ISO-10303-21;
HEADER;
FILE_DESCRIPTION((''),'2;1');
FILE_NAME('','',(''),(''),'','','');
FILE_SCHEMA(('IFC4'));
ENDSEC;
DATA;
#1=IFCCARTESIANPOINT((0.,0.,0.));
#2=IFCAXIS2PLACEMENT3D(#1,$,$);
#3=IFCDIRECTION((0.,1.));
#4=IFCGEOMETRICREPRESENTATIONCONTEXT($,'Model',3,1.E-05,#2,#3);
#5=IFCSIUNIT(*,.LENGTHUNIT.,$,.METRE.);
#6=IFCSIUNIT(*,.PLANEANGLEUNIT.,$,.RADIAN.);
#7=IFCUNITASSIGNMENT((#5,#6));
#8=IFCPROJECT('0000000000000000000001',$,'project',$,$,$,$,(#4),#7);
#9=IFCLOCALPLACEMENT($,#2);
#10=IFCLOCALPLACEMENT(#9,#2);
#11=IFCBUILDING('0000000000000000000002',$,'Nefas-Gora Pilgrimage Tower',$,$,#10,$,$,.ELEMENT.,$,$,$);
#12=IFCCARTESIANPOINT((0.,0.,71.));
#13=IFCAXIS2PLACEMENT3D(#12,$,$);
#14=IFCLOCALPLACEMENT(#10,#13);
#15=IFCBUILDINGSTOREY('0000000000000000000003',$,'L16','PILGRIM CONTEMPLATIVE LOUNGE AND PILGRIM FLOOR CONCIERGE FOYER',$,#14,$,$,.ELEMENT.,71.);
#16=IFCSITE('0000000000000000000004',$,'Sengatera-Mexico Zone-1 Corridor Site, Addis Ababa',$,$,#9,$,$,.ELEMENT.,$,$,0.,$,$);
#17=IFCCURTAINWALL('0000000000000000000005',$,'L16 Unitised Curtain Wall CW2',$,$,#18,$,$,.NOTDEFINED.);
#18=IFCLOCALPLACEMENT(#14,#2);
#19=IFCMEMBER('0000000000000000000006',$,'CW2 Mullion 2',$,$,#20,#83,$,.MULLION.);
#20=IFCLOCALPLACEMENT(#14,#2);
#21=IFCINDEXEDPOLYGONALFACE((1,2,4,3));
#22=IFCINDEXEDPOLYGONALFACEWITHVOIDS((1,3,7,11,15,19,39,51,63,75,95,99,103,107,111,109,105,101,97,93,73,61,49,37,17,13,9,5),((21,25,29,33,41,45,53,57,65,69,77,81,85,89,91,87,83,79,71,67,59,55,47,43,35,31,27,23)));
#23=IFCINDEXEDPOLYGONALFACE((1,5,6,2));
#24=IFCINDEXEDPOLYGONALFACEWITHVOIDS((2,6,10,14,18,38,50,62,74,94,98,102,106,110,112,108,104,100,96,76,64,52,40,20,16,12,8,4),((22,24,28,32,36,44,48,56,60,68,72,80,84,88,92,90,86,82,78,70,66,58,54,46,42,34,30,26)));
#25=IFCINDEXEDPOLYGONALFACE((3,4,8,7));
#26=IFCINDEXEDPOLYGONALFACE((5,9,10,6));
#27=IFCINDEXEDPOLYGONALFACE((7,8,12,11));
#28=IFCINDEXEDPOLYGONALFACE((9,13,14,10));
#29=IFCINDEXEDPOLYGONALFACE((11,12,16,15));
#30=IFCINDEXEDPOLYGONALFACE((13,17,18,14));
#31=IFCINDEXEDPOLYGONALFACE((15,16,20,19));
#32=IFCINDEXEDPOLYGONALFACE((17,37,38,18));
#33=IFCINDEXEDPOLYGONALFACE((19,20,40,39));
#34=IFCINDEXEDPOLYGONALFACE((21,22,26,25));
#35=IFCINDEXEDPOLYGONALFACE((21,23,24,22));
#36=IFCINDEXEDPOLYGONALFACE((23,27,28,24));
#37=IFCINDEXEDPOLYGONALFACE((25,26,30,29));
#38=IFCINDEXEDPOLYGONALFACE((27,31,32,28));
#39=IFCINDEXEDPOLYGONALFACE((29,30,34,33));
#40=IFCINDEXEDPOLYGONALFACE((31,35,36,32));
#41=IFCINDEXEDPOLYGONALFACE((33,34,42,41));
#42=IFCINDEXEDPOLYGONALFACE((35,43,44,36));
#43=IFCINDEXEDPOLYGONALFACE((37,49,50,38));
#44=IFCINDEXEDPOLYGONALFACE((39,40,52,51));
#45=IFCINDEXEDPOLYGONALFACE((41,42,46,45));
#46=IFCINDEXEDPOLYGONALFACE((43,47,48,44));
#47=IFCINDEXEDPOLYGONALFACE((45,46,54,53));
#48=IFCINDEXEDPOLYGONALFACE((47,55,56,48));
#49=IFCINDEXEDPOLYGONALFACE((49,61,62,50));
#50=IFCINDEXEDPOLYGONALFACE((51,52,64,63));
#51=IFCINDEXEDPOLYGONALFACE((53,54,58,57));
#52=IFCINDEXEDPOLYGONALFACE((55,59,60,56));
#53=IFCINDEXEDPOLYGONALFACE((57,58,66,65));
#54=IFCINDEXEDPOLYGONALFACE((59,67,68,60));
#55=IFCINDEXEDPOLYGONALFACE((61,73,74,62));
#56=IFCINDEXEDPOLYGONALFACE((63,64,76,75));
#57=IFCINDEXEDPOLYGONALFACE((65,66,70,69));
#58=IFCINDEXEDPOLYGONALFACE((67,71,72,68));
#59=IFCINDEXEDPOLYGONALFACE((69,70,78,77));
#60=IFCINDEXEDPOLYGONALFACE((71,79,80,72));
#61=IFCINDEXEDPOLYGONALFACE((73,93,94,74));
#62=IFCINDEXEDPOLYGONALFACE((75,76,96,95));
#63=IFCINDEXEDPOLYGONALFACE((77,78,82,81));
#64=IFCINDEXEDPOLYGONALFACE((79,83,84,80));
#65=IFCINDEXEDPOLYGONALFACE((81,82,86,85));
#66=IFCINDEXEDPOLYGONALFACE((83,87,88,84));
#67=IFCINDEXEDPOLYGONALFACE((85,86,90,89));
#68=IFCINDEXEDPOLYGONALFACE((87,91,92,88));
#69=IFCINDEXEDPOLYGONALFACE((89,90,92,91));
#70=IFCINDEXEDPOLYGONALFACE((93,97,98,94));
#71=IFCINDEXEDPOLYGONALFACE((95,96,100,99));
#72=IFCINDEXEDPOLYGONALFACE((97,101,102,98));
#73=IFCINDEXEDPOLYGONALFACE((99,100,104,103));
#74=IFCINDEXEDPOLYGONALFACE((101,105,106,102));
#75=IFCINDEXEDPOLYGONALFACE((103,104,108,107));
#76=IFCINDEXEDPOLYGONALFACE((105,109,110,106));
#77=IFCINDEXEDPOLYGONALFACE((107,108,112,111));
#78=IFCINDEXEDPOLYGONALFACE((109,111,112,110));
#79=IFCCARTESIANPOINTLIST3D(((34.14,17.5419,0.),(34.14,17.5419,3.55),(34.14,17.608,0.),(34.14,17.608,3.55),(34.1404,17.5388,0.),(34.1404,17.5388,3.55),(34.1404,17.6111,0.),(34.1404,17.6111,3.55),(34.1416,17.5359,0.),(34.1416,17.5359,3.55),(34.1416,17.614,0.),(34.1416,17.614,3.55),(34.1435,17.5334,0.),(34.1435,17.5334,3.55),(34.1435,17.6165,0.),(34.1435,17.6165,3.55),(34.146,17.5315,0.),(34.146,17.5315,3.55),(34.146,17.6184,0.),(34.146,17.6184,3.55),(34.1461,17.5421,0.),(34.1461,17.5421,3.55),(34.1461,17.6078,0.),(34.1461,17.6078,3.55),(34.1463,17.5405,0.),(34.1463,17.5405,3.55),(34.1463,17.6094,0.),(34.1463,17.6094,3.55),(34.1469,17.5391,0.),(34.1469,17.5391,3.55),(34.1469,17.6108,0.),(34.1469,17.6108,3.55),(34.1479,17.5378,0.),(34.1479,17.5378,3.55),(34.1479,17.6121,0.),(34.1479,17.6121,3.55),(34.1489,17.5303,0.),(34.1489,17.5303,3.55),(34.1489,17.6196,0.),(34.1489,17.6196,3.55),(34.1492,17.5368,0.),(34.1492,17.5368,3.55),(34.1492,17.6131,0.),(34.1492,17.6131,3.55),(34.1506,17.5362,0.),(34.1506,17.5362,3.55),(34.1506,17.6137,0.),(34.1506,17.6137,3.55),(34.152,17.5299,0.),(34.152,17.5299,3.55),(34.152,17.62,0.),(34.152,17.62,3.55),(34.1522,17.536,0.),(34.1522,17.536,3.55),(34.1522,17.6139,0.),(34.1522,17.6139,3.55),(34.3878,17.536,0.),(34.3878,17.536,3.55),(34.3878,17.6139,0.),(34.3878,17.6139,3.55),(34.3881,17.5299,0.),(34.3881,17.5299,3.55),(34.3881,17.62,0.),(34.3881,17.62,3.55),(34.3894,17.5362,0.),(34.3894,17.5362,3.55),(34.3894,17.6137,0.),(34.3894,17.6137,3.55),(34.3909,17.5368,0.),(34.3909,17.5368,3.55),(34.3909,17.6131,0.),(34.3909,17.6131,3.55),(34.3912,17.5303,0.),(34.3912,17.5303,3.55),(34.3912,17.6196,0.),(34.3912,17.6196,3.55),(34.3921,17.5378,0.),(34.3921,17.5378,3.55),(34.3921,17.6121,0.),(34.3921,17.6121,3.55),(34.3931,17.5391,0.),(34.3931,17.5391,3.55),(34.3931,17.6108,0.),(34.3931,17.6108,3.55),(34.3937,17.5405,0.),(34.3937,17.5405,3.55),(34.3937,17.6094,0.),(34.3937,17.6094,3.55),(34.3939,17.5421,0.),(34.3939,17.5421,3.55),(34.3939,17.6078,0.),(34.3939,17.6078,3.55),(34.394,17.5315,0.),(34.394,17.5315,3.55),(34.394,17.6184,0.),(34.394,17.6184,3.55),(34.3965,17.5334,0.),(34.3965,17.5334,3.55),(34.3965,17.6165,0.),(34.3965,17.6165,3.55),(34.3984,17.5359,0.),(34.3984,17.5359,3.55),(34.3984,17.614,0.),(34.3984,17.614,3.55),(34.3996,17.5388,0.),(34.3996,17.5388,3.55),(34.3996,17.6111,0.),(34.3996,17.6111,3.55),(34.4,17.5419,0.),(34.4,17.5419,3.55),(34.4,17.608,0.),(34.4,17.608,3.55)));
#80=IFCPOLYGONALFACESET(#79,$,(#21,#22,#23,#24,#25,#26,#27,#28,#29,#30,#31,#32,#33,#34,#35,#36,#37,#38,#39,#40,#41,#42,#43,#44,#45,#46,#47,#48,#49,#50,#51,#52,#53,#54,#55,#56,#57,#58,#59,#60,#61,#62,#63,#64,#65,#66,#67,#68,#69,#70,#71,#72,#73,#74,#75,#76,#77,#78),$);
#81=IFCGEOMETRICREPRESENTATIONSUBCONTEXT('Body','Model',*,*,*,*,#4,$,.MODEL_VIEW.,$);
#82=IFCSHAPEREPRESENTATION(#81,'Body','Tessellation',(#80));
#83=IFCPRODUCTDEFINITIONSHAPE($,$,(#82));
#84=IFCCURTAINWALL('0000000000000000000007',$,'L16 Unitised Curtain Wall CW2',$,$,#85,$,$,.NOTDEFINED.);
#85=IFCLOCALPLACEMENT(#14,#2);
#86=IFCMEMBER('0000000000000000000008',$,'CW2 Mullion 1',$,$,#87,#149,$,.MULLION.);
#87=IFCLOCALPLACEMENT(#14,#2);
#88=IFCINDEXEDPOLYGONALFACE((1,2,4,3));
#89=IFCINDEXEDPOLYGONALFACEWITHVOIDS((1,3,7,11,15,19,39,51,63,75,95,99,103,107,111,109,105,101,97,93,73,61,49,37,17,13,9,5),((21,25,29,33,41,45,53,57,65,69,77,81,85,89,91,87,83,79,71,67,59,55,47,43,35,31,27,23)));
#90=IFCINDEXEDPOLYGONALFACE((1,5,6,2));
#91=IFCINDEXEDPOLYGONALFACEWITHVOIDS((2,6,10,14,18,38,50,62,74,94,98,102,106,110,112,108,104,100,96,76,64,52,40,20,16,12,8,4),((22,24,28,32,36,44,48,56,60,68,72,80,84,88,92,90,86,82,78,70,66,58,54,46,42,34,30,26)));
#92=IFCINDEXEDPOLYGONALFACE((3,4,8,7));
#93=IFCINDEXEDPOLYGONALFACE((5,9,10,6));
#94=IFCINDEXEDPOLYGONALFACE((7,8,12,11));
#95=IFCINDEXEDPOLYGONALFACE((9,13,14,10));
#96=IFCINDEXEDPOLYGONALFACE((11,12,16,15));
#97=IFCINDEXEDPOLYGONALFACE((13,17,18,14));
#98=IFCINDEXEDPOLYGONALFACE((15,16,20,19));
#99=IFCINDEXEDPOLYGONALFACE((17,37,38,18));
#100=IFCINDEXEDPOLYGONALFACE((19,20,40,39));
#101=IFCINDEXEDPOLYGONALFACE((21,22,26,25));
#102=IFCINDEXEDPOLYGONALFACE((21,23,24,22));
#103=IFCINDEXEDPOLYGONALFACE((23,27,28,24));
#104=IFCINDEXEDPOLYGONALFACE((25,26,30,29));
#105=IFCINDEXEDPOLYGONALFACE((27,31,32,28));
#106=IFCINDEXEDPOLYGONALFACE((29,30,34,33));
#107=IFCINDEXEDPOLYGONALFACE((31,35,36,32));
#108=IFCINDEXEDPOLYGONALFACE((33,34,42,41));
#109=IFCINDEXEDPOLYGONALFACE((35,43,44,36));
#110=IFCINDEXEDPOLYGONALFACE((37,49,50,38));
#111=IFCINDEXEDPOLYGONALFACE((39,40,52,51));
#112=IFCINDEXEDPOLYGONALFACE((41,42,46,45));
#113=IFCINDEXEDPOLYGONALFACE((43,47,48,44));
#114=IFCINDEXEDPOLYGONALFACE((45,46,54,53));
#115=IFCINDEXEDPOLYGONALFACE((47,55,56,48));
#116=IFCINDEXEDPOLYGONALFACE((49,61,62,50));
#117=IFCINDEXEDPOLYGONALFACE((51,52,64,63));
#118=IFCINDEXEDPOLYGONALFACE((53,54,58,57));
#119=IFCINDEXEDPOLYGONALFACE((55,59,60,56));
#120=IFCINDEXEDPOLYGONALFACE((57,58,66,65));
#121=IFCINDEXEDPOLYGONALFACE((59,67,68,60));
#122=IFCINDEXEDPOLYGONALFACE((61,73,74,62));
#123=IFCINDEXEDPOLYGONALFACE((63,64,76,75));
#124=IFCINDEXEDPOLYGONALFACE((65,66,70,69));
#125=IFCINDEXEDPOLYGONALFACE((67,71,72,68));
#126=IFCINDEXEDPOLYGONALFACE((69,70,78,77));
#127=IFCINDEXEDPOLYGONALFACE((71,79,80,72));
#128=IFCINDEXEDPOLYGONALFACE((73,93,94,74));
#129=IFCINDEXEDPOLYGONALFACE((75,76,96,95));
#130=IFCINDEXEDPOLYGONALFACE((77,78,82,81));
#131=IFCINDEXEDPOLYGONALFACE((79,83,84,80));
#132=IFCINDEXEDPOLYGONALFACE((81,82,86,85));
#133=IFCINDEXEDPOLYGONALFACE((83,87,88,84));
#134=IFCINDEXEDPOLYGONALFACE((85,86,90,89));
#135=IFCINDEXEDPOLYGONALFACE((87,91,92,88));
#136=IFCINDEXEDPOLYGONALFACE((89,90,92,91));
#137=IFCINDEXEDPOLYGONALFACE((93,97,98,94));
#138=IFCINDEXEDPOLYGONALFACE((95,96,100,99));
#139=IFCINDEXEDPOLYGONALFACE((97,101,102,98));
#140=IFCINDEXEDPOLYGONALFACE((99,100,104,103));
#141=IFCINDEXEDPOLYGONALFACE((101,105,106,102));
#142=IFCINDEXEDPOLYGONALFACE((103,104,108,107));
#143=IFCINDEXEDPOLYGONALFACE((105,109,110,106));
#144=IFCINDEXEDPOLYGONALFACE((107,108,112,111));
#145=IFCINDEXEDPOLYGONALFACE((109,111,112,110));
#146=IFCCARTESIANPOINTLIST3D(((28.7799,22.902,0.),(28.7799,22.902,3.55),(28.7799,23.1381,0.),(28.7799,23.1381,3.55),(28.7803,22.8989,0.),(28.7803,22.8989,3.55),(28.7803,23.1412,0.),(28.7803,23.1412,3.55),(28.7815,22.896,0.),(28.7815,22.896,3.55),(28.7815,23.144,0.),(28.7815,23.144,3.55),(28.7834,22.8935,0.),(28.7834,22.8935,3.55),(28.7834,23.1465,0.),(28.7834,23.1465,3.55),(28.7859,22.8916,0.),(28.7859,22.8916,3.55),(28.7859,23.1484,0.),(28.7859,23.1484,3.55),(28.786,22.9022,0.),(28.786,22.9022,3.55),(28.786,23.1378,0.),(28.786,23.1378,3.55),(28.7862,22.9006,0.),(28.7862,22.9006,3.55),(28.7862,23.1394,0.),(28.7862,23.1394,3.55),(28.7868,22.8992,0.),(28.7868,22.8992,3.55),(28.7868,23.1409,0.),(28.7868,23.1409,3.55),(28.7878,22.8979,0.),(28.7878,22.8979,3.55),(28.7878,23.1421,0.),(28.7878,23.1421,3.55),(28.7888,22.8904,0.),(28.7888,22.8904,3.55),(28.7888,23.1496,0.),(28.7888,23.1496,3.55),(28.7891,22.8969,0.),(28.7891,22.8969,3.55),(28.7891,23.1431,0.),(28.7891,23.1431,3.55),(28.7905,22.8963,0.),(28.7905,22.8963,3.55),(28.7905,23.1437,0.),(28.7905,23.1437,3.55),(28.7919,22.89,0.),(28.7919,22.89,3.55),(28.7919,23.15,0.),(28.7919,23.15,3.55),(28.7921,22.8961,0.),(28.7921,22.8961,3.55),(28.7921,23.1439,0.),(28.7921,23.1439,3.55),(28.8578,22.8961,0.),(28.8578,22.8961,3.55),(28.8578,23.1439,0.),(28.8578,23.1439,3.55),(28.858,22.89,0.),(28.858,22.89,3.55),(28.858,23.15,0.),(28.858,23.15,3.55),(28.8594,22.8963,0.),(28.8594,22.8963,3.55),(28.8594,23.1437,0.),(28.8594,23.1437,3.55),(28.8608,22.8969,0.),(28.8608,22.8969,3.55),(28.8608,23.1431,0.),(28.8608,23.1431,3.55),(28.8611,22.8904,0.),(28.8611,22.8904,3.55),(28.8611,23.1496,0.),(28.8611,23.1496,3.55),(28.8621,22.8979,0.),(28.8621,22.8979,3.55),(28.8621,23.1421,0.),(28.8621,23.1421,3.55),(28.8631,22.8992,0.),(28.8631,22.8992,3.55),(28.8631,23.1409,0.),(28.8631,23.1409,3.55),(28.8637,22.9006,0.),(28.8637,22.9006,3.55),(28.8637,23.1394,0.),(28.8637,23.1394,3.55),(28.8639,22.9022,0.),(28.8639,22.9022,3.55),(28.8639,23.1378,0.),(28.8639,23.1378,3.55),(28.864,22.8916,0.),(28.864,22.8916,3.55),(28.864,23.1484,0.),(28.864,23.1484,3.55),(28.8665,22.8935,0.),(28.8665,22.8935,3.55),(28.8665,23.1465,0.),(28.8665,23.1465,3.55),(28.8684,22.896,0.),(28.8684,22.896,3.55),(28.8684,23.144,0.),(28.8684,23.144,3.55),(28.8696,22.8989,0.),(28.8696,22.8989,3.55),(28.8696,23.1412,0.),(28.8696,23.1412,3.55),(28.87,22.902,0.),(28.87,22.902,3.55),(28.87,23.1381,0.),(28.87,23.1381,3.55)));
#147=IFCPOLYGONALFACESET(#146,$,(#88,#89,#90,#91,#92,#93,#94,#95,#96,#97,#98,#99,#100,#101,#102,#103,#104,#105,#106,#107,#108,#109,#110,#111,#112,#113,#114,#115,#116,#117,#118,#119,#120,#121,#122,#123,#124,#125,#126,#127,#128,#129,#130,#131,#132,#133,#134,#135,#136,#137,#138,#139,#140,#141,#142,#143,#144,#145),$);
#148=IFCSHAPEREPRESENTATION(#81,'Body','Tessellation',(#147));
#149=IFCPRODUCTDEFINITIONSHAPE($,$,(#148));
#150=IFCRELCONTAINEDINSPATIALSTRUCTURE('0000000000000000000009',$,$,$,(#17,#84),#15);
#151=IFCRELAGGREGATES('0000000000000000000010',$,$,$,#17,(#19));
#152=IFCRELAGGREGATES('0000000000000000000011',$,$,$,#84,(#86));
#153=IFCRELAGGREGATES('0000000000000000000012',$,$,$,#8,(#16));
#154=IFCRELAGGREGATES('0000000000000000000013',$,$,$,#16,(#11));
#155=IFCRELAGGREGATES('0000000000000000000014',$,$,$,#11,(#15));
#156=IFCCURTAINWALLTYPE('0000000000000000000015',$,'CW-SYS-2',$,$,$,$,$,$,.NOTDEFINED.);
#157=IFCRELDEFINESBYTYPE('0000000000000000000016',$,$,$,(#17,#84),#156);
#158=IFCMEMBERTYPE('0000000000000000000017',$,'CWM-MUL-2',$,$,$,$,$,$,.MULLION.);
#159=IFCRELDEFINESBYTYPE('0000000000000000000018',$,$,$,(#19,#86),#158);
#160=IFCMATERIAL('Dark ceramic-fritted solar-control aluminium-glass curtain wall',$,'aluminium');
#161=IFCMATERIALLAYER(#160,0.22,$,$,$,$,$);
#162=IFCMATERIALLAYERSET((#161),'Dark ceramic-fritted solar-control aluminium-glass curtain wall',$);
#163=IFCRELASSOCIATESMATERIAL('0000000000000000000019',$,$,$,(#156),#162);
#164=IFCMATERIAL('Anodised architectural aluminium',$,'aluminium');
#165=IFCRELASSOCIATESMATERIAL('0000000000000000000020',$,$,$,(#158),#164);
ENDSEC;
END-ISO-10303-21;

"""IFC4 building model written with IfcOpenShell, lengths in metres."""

from ifc_helpers import new_model, si_unit, direction, frame, origin, origin_2d, place, context, subcontext, project, spatial, hollow_rectangle, extrude, source, transform, mapped, material, layer, layer_set, material_profile, profile_set, type_object, element, aggregate, save


model = new_model("IFC4")

# Units and contexts
model_context = context("Model", 3, precision=1e-05, world=origin(), true_north=direction((0.0, 1.0)))
body_context = subcontext(model_context, "Body", "Model", "MODEL_VIEW")
ifc_project = project(units=[si_unit("LENGTHUNIT", "METRE"), si_unit("PLANEANGLEUNIT", "RADIAN")], contexts=[model_context])

# Site, building, storey
site_placement = place(None, origin())
site = spatial("IfcSite", under=ifc_project, at=site_placement, Name="Sengatera-Mexico Zone-1 Corridor Site, Addis Ababa", CompositionType="ELEMENT", RefElevation=0.0)
building_placement = place(site_placement, origin())
building = spatial("IfcBuilding", under=site, at=building_placement, Name="Nefas-Gora Pilgrimage Tower", CompositionType="ELEMENT")
storey_placement = place(building_placement, frame((0.0, 0.0, 71.0)))
storey = spatial("IfcBuildingStorey", under=building, at=storey_placement, Name="L16", Description="PILGRIM CONTEMPLATIVE LOUNGE AND PILGRIM FLOOR CONCIERGE FOYER", CompositionType="ELEMENT", Elevation=71.0)

# Curtain wall, member
ifc_material_1 = material(Name="Dark ceramic-fritted solar-control aluminium-glass curtain wall", Category="aluminium")
ifc_layer_1 = layer(ifc_material_1, 0.22)
ifc_layer_set_1 = layer_set([ifc_layer_1], Name="Dark ceramic-fritted solar-control aluminium-glass curtain wall")
curtain_wall_type = type_object("IfcCurtainWallType", Name="CW-SYS-2", PredefinedType="NOTDEFINED", material=ifc_layer_set_1)
curtain_wall_1_placement = place(storey_placement, origin())
curtain_wall_1 = element("IfcCurtainWall", 1, at=curtain_wall_1_placement, inside=storey, type_object=curtain_wall_type, Name="L16 Unitised Curtain Wall CW2", PredefinedType="NOTDEFINED")
ifc_material_2 = material(Name="Anodised architectural aluminium", Category="aluminium")
ifc_material_profile_1 = material_profile(ifc_material_2, hollow_rectangle(XDim=0.0901, YDim=0.26, WallThickness=0.0061, InnerFilletRadius=0.0061, OuterFilletRadius=0.012, at=origin_2d()), Name="ALU MULLION 90x260")
ifc_profile_set_1 = profile_set([ifc_material_profile_1], Name="Anodised architectural aluminium")
member_type_1 = type_object("IfcMemberType", Name="CWM-MUL-2", PredefinedType="MULLION", material=ifc_profile_set_1)
shared_shape_1 = source(origin(), body_context, "Body", "SweptSolid", [
    extrude(hollow_rectangle(XDim=0.0901, YDim=0.26, WallThickness=0.0061, InnerFilletRadius=0.0061, OuterFilletRadius=0.012, at=origin_2d()), origin(), (0.0, 0.0, 1.0), 3.55),
])
member_1_placement = place(storey_placement, frame((34.27, 17.575, 0.0), z_axis=(0.0, 0.0, 1.0), x_axis=(0.0, 1.0, 0.0)))
member_1 = element("IfcMember", 2, at=member_1_placement, type_object=member_type_1, Name="CW2 Mullion 2", PredefinedType="MULLION", context=body_context, shape_type="MappedRepresentation", body=[
    mapped(shared_shape_1, transform((0.0, 0.0, 0.0), x_axis=(1.0, 0.0, 0.0), y_axis=(0.0, 1.0, 0.0), z_axis=(0.0, 0.0, 1.0), scale=1.0)),
])
aggregate(curtain_wall_1, [member_1])

# Curtain wall, member
curtain_wall_2_placement = place(storey_placement, origin())
curtain_wall_2 = element("IfcCurtainWall", 3, at=curtain_wall_2_placement, inside=storey, type_object=curtain_wall_type, Name="L16 Unitised Curtain Wall CW2", PredefinedType="NOTDEFINED")
member_2_placement = place(storey_placement, frame((28.825, 23.02, 0.0), z_axis=(0.0, 0.0, 1.0), x_axis=(-1.0, 0.0, 0.0)))
member_2 = element("IfcMember", 4, at=member_2_placement, type_object=member_type_1, Name="CW2 Mullion 1", PredefinedType="MULLION", context=body_context, shape_type="MappedRepresentation", body=[
    mapped(shared_shape_1, transform((0.0, 0.0, 0.0), x_axis=(1.0, 0.0, 0.0), y_axis=(0.0, 1.0, 0.0), z_axis=(0.0, 0.0, 1.0), scale=1.0)),
])
aggregate(curtain_wall_2, [member_2])

save(model, "model.ifc")
